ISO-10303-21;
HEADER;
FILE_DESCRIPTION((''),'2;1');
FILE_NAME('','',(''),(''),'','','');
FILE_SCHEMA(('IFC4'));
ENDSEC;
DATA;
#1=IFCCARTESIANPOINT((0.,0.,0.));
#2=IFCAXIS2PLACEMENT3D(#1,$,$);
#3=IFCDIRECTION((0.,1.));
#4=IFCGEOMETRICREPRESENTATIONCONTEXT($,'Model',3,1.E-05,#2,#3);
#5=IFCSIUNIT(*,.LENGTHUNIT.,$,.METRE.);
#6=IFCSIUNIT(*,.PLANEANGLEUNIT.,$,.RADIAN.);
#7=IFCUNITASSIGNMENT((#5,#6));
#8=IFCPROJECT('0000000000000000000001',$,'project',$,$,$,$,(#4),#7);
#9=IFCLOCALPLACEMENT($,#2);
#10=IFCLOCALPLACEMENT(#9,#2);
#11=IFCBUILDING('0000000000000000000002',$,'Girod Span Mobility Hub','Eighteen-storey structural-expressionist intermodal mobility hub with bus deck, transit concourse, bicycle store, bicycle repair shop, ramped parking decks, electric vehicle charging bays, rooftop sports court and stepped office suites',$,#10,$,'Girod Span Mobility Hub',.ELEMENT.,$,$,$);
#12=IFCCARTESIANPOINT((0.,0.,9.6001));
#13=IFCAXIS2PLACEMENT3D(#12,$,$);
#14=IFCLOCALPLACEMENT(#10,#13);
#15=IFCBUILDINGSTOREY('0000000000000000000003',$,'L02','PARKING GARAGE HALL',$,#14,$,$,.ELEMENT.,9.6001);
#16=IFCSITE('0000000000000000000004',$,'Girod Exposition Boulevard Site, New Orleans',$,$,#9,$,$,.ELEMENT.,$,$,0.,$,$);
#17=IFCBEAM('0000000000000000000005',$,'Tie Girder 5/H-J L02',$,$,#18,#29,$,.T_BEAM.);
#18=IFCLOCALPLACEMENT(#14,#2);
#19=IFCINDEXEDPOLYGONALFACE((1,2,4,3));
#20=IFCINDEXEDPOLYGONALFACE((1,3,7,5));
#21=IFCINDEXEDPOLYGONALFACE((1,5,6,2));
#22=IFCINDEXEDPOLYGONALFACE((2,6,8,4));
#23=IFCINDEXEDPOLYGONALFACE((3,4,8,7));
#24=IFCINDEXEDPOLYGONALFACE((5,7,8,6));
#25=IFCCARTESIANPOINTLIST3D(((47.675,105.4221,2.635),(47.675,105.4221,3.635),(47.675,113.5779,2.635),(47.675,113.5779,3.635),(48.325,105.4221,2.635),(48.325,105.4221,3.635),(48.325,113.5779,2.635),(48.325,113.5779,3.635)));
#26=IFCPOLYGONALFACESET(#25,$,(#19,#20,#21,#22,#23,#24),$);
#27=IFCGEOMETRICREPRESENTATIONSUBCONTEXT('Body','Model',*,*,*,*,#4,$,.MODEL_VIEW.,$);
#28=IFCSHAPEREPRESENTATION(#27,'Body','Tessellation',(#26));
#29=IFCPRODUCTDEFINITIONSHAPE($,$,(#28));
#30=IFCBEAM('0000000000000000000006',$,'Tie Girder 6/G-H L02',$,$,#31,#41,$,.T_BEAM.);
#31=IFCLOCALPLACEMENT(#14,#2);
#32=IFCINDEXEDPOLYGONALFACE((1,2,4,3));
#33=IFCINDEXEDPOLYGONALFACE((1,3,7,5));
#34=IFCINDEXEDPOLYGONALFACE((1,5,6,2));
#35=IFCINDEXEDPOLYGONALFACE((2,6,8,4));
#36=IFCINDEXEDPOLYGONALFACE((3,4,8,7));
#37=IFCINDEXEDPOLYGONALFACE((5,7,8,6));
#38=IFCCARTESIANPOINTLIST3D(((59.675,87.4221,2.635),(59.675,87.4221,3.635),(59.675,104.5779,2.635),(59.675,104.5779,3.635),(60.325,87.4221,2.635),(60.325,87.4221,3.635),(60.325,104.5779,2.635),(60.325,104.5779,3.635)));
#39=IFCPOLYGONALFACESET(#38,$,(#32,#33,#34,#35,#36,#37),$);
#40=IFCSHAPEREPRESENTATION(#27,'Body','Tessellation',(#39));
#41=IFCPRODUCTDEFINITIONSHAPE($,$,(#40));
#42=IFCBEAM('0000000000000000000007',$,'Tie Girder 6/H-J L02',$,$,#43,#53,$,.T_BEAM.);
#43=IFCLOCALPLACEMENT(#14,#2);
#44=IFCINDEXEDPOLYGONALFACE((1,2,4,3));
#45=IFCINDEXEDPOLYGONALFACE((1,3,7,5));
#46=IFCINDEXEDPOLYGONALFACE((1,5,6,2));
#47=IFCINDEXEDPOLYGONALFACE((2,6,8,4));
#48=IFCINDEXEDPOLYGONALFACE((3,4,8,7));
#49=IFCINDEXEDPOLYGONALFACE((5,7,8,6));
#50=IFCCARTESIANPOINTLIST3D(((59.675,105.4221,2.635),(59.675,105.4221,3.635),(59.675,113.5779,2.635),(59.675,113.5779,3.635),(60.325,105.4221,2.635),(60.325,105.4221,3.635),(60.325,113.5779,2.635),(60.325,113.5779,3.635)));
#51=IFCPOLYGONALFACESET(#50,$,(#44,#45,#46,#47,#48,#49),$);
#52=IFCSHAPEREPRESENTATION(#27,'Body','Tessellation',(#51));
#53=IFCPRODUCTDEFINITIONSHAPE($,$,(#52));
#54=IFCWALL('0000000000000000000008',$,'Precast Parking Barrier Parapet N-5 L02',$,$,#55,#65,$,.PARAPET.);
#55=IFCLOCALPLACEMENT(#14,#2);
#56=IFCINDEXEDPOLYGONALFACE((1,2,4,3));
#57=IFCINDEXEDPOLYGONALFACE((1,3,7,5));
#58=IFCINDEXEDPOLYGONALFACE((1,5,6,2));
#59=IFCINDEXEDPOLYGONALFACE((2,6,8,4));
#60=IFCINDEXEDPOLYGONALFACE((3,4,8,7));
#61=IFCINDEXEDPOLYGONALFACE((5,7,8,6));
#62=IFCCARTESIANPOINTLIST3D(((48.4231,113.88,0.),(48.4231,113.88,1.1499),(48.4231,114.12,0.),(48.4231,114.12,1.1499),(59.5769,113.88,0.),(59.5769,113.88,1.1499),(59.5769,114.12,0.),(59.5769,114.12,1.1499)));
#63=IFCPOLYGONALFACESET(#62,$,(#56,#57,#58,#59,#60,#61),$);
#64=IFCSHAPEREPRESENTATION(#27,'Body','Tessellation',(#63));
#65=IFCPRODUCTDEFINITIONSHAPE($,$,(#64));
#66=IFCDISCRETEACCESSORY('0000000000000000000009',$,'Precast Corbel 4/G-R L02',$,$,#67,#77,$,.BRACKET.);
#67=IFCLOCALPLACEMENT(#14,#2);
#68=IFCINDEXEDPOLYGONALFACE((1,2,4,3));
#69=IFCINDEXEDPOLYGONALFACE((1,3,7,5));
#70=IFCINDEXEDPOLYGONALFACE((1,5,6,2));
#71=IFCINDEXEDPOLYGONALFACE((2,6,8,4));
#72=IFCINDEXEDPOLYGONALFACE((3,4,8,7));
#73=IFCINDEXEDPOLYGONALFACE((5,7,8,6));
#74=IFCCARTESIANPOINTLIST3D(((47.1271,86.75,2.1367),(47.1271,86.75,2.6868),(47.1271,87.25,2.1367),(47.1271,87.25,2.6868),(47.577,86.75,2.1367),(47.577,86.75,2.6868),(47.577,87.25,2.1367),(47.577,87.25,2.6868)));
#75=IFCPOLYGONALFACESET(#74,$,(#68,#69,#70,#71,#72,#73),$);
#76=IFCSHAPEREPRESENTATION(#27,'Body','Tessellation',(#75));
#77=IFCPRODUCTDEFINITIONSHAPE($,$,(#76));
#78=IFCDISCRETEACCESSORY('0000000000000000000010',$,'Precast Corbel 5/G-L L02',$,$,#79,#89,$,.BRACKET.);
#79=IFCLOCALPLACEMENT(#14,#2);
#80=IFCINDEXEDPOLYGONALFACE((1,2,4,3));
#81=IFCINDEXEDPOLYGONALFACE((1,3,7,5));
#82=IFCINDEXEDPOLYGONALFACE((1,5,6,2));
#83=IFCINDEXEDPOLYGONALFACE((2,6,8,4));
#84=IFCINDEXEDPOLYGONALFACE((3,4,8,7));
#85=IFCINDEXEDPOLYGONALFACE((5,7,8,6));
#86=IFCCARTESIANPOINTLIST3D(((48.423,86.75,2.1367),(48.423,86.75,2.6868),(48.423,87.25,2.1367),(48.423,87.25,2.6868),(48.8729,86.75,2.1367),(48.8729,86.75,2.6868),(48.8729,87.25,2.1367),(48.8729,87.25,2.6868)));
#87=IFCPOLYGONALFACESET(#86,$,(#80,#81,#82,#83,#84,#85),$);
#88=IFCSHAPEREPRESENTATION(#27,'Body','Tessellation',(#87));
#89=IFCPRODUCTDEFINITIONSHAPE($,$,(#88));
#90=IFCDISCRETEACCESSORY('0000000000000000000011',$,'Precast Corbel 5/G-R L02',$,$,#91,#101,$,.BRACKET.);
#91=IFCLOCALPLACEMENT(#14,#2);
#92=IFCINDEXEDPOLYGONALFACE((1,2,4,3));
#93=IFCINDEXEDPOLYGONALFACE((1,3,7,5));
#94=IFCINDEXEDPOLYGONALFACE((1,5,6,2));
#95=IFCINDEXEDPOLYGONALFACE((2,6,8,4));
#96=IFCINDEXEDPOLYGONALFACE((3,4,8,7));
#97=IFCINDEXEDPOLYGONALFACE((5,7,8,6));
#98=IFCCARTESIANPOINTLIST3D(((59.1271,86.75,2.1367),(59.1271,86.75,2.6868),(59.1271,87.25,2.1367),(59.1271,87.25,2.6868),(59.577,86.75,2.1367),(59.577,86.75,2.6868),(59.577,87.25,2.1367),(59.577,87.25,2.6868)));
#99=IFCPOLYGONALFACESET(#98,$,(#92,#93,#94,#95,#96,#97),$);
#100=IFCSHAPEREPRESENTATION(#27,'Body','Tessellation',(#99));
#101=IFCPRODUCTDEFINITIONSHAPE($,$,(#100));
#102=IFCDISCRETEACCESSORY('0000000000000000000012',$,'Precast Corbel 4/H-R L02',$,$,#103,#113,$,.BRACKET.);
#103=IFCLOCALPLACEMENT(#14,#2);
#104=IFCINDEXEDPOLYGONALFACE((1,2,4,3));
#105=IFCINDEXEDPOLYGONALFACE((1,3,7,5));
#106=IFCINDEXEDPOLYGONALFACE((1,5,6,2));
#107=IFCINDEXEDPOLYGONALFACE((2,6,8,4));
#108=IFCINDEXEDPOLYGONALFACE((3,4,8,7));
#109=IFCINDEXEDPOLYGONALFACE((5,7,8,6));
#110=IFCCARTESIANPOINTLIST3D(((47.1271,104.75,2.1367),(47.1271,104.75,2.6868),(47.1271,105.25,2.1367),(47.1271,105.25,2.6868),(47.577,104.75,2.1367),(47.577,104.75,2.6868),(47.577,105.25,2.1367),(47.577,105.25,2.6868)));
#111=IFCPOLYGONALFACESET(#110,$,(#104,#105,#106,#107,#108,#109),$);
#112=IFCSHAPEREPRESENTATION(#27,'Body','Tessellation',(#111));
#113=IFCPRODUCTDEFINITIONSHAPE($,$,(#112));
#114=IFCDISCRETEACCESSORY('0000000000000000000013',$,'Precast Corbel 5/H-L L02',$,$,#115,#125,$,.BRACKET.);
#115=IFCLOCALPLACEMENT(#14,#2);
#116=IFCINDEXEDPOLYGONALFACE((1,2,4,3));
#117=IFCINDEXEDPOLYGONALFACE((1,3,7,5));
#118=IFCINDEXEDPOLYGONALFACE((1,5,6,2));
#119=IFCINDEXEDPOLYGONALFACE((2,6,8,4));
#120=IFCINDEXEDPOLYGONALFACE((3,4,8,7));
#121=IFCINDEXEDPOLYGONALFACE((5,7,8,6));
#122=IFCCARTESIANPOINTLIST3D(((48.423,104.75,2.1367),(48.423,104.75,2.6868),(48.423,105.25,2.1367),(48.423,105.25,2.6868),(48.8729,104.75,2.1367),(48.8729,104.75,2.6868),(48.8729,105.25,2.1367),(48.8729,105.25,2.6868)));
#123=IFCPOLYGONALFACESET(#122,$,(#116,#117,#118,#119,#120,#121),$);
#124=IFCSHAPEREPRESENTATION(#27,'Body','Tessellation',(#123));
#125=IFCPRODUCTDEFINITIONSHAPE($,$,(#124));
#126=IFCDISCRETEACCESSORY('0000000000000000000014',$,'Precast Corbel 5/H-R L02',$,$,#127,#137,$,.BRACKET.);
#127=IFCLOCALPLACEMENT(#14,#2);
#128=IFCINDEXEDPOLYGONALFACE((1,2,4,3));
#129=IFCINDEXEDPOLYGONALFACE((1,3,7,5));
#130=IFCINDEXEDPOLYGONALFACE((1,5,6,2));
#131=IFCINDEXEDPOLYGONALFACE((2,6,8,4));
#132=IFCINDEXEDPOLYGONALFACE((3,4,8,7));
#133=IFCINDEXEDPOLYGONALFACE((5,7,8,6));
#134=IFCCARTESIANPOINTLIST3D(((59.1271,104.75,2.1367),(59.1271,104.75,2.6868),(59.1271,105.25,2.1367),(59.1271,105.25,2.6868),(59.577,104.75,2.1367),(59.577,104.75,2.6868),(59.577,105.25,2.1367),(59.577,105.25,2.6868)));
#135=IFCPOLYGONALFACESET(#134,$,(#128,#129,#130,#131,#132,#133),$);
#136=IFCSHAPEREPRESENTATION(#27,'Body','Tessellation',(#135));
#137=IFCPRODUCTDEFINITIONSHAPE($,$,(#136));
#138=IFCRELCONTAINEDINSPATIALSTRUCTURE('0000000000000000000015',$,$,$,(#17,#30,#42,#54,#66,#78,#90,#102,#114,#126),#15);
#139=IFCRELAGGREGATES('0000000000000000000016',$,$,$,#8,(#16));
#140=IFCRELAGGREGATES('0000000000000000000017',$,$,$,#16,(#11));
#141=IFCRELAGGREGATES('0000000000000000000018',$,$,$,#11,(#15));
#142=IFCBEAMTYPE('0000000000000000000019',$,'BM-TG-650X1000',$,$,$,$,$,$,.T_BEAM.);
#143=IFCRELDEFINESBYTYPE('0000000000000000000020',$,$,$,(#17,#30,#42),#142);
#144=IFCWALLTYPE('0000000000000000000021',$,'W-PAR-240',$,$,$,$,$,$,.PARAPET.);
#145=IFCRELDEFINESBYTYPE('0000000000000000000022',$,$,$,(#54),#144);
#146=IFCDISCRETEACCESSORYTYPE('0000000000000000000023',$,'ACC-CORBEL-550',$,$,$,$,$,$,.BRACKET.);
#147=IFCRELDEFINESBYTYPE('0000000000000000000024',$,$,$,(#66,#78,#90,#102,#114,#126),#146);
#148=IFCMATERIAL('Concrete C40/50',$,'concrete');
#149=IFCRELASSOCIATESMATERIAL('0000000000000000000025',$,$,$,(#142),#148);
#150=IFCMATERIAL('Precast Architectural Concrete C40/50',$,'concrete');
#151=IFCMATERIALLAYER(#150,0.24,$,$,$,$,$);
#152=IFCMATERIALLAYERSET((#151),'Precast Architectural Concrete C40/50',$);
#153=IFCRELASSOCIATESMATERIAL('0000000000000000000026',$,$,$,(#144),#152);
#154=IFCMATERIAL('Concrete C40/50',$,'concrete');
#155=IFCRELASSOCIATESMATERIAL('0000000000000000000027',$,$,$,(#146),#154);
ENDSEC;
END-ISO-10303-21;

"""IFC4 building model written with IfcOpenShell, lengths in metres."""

from ifc_helpers import new_model, si_unit, direction, frame, frame_2d, origin, origin_2d, place, context, subcontext, project, spatial, rectangle, extrude, material, layer, layer_set, material_profile, profile_set, type_object, element, save


model = new_model("IFC4")

# Units and contexts
model_context = context("Model", 3, precision=1e-05, world=origin(), true_north=direction((0.0, 1.0)))
body_context = subcontext(model_context, "Body", "Model", "MODEL_VIEW")
ifc_project = project(units=[si_unit("LENGTHUNIT", "METRE"), si_unit("PLANEANGLEUNIT", "RADIAN")], contexts=[model_context])

# Site, building, storey
site_placement = place(None, origin())
site = spatial("IfcSite", under=ifc_project, at=site_placement, Name="Girod Exposition Boulevard Site, New Orleans", CompositionType="ELEMENT", RefElevation=0.0)
building_placement = place(site_placement, origin())
building = spatial("IfcBuilding", under=site, at=building_placement, Name="Girod Span Mobility Hub", Description="Eighteen-storey structural-expressionist intermodal mobility hub with bus deck, transit concourse, bicycle store, bicycle repair shop, ramped parking decks, electric vehicle charging bays, rooftop sports court and stepped office suites", LongName="Girod Span Mobility Hub", CompositionType="ELEMENT")
storey_placement = place(building_placement, frame((0.0, 0.0, 9.6001)))
storey = spatial("IfcBuildingStorey", under=building, at=storey_placement, Name="L02", Description="PARKING GARAGE HALL", CompositionType="ELEMENT", Elevation=9.6001)

# Beams
ifc_material_1 = material(Name="Concrete C40/50", Category="concrete")
ifc_material_profile_1 = material_profile(ifc_material_1, rectangle(XDim=0.6499, YDim=1.0, at=origin_2d()), Name="TG-650X1000")
ifc_profile_set_1 = profile_set([ifc_material_profile_1], Name="Concrete C40/50")
beam_type_1 = type_object("IfcBeamType", Name="BM-TG-650X1000", PredefinedType="T_BEAM", material=ifc_profile_set_1)
beam_1_placement = place(storey_placement, frame((48.0, 105.4221, 3.135), z_axis=(0.0, 1.0, 0.0), x_axis=(-1.0, 0.0, 0.0)))
element("IfcBeam", 1, at=beam_1_placement, inside=storey, type_object=beam_type_1, Name="Tie Girder 5/H-J L02", PredefinedType="T_BEAM", context=body_context, shape_type="SweptSolid", body=[
    extrude(rectangle(XDim=0.6499, YDim=1.0, at=origin_2d()), origin(), (0.0, 0.0, 1.0), 8.1558),
])
beam_2_placement = place(storey_placement, frame((60.0, 87.4221, 3.135), z_axis=(0.0, 1.0, 0.0), x_axis=(-1.0, 0.0, 0.0)))
element("IfcBeam", 2, at=beam_2_placement, inside=storey, type_object=beam_type_1, Name="Tie Girder 6/G-H L02", PredefinedType="T_BEAM", context=body_context, shape_type="SweptSolid", body=[
    extrude(rectangle(XDim=0.6499, YDim=1.0, at=origin_2d()), origin(), (0.0, 0.0, 1.0), 17.1558),
])
beam_3_placement = place(storey_placement, frame((60.0, 105.4221, 3.135), z_axis=(0.0, 1.0, 0.0), x_axis=(-1.0, 0.0, 0.0)))
element("IfcBeam", 3, at=beam_3_placement, inside=storey, type_object=beam_type_1, Name="Tie Girder 6/H-J L02", PredefinedType="T_BEAM", context=body_context, shape_type="SweptSolid", body=[
    extrude(rectangle(XDim=0.6499, YDim=1.0, at=origin_2d()), origin(), (0.0, 0.0, 1.0), 8.1558),
])

# Wall
ifc_material_2 = material(Name="Precast Architectural Concrete C40/50", Category="concrete")
ifc_layer = layer(ifc_material_2, 0.24)
ifc_layer_set = layer_set([ifc_layer], Name="Precast Architectural Concrete C40/50")
wall_type = type_object("IfcWallType", Name="W-PAR-240", PredefinedType="PARAPET", material=ifc_layer_set)
wall_placement = place(storey_placement, frame((48.4231, 114.0, 0.0), z_axis=(0.0, 0.0, 1.0), x_axis=(1.0, 0.0, 0.0)))
element("IfcWall", 4, at=wall_placement, inside=storey, type_object=wall_type, Name="Precast Parking Barrier Parapet N-5 L02", PredefinedType="PARAPET", context=body_context, shape_type="SweptSolid", body=[
    extrude(rectangle(XDim=11.1538, YDim=0.24, at=frame_2d((5.5769, 0.0))), origin(), (0.0, 0.0, 1.0), 1.1499),
])

# Discrete accessories
ifc_material_3 = material(Name="Concrete C40/50", Category="concrete")
discrete_accessory_type = type_object("IfcDiscreteAccessoryType", Name="ACC-CORBEL-550", PredefinedType="BRACKET", material=ifc_material_3)
for number, where, z_axis, x_axis, name in (
    (5, (47.3521, 87.0, 2.1367), (0.0, 0.0, 1.0), (1.0, 0.0, 0.0), "Precast Corbel 4/G-R L02"),
    (6, (48.6479, 87.0, 2.1367), (0.0, 0.0, 1.0), (1.0, 0.0, 0.0), "Precast Corbel 5/G-L L02"),
    (7, (59.3521, 87.0, 2.1367), (0.0, 0.0, 1.0), (1.0, 0.0, 0.0), "Precast Corbel 5/G-R L02"),
    (8, (47.3521, 105.0, 2.1367), (0.0, 0.0, 1.0), (1.0, 0.0, 0.0), "Precast Corbel 4/H-R L02"),
    (9, (48.6479, 105.0, 2.1367), (0.0, 0.0, 1.0), (1.0, 0.0, 0.0), "Precast Corbel 5/H-L L02"),
    (10, (59.3521, 105.0, 2.1367), (0.0, 0.0, 1.0), (1.0, 0.0, 0.0), "Precast Corbel 5/H-R L02"),
):
    element("IfcDiscreteAccessory", number, at=place(storey_placement, frame(where, z_axis=z_axis, x_axis=x_axis)), inside=storey, type_object=discrete_accessory_type, Name=name, PredefinedType="BRACKET", context=body_context, shape_type="SweptSolid", body=[
        extrude(rectangle(XDim=0.45, YDim=0.5, at=origin_2d()), origin(), (0.0, 0.0, 1.0), 0.55),
    ])

save(model, "model.ifc")
